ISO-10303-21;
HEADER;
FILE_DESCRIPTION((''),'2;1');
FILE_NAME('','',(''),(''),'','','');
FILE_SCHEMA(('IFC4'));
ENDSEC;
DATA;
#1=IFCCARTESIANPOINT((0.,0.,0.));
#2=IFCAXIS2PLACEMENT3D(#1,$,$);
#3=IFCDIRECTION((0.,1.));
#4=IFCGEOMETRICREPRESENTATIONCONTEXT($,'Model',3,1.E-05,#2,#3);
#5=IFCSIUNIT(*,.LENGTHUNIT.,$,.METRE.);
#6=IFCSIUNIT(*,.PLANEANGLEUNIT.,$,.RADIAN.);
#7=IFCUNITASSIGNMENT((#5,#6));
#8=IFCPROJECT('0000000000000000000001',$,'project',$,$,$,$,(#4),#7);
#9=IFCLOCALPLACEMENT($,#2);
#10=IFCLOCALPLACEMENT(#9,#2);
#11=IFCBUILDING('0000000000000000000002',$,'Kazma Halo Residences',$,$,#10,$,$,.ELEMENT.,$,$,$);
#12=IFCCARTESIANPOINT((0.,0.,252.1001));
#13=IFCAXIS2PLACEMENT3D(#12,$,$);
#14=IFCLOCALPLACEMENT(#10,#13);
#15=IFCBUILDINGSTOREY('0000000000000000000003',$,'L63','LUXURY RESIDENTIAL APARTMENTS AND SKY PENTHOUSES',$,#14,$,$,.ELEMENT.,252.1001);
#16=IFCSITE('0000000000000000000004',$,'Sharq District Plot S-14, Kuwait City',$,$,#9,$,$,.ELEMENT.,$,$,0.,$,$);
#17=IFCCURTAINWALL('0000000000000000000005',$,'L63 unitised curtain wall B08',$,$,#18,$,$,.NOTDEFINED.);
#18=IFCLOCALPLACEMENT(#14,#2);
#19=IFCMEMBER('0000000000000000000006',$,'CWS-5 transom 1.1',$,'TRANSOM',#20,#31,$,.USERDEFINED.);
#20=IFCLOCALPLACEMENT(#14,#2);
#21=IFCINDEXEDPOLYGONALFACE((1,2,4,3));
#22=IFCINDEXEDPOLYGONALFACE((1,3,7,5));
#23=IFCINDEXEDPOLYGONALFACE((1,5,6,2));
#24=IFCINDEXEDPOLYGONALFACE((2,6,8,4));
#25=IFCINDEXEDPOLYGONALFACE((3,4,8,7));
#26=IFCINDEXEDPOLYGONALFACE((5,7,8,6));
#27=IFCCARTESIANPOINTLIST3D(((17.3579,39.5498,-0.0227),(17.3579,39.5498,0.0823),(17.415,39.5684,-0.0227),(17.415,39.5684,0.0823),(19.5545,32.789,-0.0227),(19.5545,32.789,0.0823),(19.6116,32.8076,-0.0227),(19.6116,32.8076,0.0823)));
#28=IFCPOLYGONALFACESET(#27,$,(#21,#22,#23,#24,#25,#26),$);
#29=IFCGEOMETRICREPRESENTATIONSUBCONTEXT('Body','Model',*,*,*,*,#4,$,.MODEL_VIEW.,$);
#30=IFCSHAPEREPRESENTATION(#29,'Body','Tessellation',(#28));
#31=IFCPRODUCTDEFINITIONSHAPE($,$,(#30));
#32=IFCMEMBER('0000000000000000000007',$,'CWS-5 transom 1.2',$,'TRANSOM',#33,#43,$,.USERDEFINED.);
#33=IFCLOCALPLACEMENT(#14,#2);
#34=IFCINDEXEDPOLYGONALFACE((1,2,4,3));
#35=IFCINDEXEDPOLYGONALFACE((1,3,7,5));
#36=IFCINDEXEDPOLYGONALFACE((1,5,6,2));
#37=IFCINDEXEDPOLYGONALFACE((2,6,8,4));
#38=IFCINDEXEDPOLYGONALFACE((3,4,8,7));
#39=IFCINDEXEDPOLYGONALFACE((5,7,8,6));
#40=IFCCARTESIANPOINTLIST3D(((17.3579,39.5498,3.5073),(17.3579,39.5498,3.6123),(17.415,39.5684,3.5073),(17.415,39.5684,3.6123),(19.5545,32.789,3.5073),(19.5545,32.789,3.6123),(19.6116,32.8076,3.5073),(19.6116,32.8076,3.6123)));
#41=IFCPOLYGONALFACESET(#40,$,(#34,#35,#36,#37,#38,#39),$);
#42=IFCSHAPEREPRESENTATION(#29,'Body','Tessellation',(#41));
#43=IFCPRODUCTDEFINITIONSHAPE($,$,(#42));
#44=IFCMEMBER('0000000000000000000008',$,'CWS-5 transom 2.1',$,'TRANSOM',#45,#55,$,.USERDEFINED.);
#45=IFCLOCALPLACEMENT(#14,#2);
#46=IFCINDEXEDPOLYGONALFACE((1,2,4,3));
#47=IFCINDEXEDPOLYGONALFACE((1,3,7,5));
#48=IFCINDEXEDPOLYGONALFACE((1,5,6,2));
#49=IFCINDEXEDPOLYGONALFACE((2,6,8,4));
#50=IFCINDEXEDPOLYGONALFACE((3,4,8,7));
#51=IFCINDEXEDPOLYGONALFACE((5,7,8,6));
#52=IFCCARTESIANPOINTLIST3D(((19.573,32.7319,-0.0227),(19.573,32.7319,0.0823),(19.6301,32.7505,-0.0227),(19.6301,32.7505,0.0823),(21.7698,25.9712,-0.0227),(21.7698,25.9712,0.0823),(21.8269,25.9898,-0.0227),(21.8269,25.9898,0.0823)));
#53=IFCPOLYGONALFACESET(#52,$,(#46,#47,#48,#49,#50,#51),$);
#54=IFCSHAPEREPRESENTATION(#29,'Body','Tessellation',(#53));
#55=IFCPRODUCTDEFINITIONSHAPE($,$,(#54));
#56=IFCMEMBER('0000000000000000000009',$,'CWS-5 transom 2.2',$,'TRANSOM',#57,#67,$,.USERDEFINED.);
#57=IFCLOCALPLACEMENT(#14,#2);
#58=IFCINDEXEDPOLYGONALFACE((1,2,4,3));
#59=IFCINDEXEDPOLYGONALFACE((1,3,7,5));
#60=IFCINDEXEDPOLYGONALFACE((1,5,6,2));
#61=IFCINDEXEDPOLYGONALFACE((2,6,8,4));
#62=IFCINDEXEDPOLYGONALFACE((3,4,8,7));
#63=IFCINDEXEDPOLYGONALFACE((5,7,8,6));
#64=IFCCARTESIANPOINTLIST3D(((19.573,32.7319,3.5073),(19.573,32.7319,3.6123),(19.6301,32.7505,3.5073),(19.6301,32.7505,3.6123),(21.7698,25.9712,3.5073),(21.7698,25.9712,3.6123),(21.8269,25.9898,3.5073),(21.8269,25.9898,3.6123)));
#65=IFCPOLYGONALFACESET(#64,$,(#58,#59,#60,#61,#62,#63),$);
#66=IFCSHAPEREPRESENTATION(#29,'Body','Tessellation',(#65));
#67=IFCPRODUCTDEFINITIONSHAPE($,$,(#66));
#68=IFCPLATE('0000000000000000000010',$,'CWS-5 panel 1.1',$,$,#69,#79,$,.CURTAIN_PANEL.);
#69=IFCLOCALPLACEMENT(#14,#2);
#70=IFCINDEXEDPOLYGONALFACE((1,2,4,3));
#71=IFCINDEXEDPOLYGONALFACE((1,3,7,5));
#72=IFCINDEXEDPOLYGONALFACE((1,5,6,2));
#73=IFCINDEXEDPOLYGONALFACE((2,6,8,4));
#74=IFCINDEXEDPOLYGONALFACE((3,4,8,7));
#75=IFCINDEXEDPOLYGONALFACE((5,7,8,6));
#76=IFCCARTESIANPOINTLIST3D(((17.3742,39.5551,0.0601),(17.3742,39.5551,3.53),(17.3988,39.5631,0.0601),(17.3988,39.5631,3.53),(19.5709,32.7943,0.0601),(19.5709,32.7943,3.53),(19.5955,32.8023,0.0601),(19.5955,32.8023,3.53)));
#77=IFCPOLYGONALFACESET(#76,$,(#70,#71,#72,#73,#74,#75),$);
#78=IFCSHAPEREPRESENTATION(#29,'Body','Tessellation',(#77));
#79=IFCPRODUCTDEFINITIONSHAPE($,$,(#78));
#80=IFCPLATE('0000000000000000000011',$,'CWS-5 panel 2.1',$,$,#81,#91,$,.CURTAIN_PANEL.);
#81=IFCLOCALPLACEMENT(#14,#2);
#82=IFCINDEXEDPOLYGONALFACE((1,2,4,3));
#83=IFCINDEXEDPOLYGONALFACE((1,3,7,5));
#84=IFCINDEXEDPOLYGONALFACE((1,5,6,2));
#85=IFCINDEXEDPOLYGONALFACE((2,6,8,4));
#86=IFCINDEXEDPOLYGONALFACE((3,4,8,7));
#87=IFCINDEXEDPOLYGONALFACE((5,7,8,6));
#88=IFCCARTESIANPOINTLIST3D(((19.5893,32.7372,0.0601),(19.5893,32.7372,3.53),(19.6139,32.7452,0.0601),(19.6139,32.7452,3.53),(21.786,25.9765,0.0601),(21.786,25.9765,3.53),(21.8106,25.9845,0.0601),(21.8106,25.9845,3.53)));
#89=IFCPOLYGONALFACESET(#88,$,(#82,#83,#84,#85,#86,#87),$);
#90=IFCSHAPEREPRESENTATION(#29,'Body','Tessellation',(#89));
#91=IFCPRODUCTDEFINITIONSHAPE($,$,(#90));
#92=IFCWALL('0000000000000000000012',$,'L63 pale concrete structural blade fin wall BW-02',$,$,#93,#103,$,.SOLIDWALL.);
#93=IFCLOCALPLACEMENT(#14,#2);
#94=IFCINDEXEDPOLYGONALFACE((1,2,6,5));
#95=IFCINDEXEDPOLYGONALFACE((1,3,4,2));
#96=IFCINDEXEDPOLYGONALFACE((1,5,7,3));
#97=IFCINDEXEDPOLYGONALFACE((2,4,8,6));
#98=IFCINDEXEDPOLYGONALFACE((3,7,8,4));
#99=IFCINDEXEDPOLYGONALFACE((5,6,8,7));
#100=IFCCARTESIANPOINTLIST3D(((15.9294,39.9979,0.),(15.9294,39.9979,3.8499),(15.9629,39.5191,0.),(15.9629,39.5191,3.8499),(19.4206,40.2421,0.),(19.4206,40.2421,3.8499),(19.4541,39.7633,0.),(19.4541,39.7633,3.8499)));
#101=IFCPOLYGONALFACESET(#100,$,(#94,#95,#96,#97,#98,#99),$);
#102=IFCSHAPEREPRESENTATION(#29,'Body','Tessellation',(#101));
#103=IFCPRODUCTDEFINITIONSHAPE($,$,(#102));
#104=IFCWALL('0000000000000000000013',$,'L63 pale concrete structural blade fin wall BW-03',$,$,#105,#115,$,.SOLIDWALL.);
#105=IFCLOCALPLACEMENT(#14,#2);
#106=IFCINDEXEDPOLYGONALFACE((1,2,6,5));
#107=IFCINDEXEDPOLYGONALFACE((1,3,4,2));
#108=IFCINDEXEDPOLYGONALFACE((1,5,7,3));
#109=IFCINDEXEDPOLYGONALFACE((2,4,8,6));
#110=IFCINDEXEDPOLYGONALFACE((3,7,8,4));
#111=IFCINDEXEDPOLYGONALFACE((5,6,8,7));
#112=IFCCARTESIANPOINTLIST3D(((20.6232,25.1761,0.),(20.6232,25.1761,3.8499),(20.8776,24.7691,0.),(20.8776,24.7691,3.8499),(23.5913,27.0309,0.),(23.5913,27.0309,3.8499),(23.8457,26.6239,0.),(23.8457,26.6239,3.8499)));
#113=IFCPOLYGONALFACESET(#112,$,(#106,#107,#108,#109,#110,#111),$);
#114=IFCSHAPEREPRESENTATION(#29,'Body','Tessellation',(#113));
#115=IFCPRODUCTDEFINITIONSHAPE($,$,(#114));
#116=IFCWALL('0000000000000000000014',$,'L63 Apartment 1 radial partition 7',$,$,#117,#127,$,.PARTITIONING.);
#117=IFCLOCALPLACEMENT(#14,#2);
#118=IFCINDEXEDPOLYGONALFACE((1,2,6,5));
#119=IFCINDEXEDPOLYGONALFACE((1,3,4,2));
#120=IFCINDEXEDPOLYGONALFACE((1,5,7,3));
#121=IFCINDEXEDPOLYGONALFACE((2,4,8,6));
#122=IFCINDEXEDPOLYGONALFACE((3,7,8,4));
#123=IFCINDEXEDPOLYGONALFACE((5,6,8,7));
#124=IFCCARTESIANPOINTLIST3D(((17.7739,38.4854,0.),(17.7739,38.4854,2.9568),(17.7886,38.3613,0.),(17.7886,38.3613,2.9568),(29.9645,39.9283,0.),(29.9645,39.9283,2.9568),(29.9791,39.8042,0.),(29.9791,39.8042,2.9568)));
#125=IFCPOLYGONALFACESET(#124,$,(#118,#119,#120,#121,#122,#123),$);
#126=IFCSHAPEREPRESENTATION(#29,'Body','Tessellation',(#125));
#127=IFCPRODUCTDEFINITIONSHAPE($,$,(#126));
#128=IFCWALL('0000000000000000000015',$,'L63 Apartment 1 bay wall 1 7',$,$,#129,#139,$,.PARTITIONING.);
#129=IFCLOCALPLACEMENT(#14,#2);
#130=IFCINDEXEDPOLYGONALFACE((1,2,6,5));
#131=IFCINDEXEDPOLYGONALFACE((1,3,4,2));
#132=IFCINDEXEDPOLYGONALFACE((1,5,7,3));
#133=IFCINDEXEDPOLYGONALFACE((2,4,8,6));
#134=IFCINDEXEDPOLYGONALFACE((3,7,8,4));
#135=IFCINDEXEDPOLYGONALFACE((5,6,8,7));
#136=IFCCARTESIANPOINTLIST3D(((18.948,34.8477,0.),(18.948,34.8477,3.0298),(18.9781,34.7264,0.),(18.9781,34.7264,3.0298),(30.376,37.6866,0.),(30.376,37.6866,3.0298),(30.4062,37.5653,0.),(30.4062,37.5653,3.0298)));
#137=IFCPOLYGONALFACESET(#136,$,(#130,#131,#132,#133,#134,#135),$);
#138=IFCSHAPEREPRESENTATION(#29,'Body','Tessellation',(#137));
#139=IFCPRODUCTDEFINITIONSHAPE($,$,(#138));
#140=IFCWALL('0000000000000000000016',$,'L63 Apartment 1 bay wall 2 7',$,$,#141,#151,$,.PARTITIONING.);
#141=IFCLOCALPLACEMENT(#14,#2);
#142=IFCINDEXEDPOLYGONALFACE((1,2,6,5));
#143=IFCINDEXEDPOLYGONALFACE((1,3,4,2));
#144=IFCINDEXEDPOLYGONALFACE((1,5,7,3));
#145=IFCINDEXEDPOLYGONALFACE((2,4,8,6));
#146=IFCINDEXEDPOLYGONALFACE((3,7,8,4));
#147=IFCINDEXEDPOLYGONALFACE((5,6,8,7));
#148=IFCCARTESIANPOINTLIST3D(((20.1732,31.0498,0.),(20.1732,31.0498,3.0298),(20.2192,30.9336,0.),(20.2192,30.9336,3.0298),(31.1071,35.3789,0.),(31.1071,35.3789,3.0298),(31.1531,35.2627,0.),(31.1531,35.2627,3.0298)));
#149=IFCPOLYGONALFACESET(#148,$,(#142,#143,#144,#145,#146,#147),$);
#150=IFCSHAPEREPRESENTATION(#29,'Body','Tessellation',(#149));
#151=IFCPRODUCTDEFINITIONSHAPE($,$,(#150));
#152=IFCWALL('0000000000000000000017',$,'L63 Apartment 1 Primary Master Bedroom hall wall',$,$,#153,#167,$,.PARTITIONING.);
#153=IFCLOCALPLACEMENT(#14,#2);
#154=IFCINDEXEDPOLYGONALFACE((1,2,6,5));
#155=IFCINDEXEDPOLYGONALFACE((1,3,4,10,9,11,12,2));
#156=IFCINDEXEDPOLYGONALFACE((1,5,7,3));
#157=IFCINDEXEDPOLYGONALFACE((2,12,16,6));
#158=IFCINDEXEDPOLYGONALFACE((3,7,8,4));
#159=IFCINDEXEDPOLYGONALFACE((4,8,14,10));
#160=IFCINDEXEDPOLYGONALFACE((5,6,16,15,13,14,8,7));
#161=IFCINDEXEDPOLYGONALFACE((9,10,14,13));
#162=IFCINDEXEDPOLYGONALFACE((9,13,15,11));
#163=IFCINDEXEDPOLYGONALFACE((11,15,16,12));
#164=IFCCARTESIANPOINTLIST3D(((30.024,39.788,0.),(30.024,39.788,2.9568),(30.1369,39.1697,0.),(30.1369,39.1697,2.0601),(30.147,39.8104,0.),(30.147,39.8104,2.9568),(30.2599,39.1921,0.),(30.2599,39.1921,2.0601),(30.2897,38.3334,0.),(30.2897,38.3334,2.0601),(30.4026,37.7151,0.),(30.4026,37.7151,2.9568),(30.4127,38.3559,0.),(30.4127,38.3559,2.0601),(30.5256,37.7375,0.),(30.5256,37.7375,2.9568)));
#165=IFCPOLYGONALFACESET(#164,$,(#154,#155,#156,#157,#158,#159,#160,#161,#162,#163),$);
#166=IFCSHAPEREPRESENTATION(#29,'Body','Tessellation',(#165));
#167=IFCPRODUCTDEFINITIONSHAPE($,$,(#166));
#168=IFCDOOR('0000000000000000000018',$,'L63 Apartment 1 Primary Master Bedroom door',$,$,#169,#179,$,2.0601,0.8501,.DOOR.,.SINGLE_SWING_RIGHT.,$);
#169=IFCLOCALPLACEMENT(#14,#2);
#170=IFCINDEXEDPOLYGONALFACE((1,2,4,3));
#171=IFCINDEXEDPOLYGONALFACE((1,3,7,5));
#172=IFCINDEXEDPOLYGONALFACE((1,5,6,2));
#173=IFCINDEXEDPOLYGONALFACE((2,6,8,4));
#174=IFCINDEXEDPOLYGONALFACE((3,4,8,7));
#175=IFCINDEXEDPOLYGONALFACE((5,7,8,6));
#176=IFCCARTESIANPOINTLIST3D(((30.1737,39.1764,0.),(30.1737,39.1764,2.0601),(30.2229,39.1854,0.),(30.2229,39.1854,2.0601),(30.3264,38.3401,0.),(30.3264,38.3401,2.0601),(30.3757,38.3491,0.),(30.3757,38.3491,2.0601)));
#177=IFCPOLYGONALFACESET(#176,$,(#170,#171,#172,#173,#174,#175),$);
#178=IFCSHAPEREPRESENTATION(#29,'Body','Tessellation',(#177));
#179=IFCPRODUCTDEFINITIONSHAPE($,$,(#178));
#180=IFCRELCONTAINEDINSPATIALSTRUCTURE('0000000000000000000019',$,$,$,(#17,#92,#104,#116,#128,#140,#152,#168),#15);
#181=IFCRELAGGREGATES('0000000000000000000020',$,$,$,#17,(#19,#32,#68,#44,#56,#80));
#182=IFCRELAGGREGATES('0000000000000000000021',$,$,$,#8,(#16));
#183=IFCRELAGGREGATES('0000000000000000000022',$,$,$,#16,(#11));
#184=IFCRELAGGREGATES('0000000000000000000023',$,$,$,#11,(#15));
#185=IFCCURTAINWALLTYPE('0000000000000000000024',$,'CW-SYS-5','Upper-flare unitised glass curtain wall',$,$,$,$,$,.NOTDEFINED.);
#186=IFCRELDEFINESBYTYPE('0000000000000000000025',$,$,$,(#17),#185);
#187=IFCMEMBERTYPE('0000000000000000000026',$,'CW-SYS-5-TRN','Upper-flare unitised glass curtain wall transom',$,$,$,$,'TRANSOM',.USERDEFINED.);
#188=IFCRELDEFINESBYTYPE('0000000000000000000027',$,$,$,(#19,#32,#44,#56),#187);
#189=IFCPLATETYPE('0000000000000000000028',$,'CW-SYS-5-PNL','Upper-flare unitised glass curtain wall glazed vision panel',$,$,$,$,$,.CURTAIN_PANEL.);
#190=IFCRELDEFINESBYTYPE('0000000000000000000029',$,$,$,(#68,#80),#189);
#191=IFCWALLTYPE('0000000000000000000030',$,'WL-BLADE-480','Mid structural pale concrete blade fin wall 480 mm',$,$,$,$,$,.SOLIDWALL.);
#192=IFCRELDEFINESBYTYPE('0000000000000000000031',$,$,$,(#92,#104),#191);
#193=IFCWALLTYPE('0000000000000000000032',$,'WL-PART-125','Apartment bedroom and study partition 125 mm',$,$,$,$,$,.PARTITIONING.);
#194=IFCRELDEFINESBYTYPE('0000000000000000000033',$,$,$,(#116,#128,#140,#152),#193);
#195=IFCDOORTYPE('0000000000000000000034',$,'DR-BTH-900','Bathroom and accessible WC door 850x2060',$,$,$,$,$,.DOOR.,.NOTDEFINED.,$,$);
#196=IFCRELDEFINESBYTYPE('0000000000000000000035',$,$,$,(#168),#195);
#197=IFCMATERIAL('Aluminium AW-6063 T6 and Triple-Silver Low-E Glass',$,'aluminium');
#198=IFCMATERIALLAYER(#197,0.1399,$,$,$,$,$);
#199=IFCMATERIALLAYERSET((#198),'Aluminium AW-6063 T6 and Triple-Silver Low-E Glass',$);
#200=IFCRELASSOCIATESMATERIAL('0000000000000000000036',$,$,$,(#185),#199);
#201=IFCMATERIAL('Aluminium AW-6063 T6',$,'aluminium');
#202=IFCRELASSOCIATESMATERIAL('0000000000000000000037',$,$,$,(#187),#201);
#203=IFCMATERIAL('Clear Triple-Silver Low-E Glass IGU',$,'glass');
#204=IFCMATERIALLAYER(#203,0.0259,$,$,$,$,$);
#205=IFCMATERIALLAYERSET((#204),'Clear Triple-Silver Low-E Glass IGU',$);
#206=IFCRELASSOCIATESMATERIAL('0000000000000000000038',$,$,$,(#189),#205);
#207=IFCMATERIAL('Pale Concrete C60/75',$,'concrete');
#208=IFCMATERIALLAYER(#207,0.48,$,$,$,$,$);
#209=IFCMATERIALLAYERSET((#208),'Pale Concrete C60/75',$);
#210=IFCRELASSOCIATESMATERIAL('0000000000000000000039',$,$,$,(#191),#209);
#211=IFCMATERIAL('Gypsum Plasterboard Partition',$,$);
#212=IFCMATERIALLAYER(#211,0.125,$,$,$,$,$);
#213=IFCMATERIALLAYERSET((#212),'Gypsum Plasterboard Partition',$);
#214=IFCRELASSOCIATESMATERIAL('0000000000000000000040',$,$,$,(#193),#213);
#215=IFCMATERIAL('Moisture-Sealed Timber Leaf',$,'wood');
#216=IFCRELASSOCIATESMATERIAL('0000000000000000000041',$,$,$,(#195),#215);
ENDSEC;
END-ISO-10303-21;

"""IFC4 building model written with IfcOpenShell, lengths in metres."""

from ifc_helpers import new_model, si_unit, direction, frame, frame_2d, origin, origin_2d, place, context, subcontext, project, spatial, rectangle, extrude, material, layer, layer_set, material_profile, profile_set, type_object, element, fill, aggregate, save


model = new_model("IFC4")

# Units and contexts
model_context = context("Model", 3, precision=1e-05, world=origin(), true_north=direction((0.0, 1.0)))
body_context = subcontext(model_context, "Body", "Model", "MODEL_VIEW")
ifc_project = project(units=[si_unit("LENGTHUNIT", "METRE"), si_unit("PLANEANGLEUNIT", "RADIAN")], contexts=[model_context])

# Site, building, storey
site_placement = place(None, origin())
site = spatial("IfcSite", under=ifc_project, at=site_placement, Name="Sharq District Plot S-14, Kuwait City", CompositionType="ELEMENT", RefElevation=0.0)
building_placement = place(site_placement, origin())
building = spatial("IfcBuilding", under=site, at=building_placement, Name="Kazma Halo Residences", CompositionType="ELEMENT")
storey_placement = place(building_placement, frame((0.0, 0.0, 252.1001)))
storey = spatial("IfcBuildingStorey", under=building, at=storey_placement, Name="L63", Description="LUXURY RESIDENTIAL APARTMENTS AND SKY PENTHOUSES", CompositionType="ELEMENT", Elevation=252.1001)

# Curtain wall, members, plates
ifc_material_1 = material(Name="Aluminium AW-6063 T6 and Triple-Silver Low-E Glass", Category="aluminium")
ifc_layer_1 = layer(ifc_material_1, 0.1399)
ifc_layer_set_1 = layer_set([ifc_layer_1], Name="Aluminium AW-6063 T6 and Triple-Silver Low-E Glass")
curtain_wall_type = type_object("IfcCurtainWallType", Name="CW-SYS-5", Description="Upper-flare unitised glass curtain wall", PredefinedType="NOTDEFINED", material=ifc_layer_set_1)
curtain_wall_placement = place(storey_placement, origin())
curtain_wall = element("IfcCurtainWall", 1, at=curtain_wall_placement, inside=storey, type_object=curtain_wall_type, Name="L63 unitised curtain wall B08", PredefinedType="NOTDEFINED")
ifc_material_2 = material(Name="Aluminium AW-6063 T6", Category="aluminium")
ifc_material_profile_1 = material_profile(ifc_material_2, rectangle(XDim=0.0601, YDim=0.105, at=origin_2d()), Name="CWT-60x105")
ifc_profile_set_1 = profile_set([ifc_material_profile_1], Name="Aluminium AW-6063 T6")
member_type_1 = type_object("IfcMemberType", Name="CW-SYS-5-TRN", Description="Upper-flare unitised glass curtain wall transom", ElementType="TRANSOM", PredefinedType="USERDEFINED", material=ifc_profile_set_1)
member_1_placement = place(storey_placement, frame((17.3865, 39.5591, 0.0298), z_axis=(0.308996, -0.951063, 0.0), x_axis=(0.951063, 0.308996, 0.0)))
member_1 = element("IfcMember", 2, at=member_1_placement, type_object=member_type_1, Name="CWS-5 transom 1.1", ObjectType="TRANSOM", PredefinedType="USERDEFINED", context=body_context, shape_type="SweptSolid", body=[
    extrude(rectangle(XDim=0.0601, YDim=0.105, at=origin_2d()), origin(), (0.0, 0.0, 1.0), 7.1086),
])
member_2_placement = place(storey_placement, frame((17.3865, 39.5591, 3.5598), z_axis=(0.308996, -0.951063, 0.0), x_axis=(0.951063, 0.308996, 0.0)))
member_2 = element("IfcMember", 3, at=member_2_placement, type_object=member_type_1, Name="CWS-5 transom 1.2", ObjectType="TRANSOM", PredefinedType="USERDEFINED", context=body_context, shape_type="SweptSolid", body=[
    extrude(rectangle(XDim=0.0601, YDim=0.105, at=origin_2d()), origin(), (0.0, 0.0, 1.0), 7.1086),
])
member_3_placement = place(storey_placement, frame((19.6016, 32.7412, 0.0298), z_axis=(0.309027, -0.951053, 0.0), x_axis=(0.951053, 0.309027, 0.0)))
member_3 = element("IfcMember", 4, at=member_3_placement, type_object=member_type_1, Name="CWS-5 transom 2.1", ObjectType="TRANSOM", PredefinedType="USERDEFINED", context=body_context, shape_type="SweptSolid", body=[
    extrude(rectangle(XDim=0.0601, YDim=0.105, at=origin_2d()), origin(), (0.0, 0.0, 1.0), 7.1086),
])
member_4_placement = place(storey_placement, frame((19.6016, 32.7412, 3.5598), z_axis=(0.309027, -0.951053, 0.0), x_axis=(0.951053, 0.309027, 0.0)))
member_4 = element("IfcMember", 5, at=member_4_placement, type_object=member_type_1, Name="CWS-5 transom 2.2", ObjectType="TRANSOM", PredefinedType="USERDEFINED", context=body_context, shape_type="SweptSolid", body=[
    extrude(rectangle(XDim=0.0601, YDim=0.105, at=origin_2d()), origin(), (0.0, 0.0, 1.0), 7.1086),
])
ifc_material_3 = material(Name="Clear Triple-Silver Low-E Glass IGU", Category="glass")
ifc_layer_2 = layer(ifc_material_3, 0.0259)
ifc_layer_set_2 = layer_set([ifc_layer_2], Name="Clear Triple-Silver Low-E Glass IGU")
plate_type = type_object("IfcPlateType", Name="CW-SYS-5-PNL", Description="Upper-flare unitised glass curtain wall glazed vision panel", PredefinedType="CURTAIN_PANEL", material=ifc_layer_set_2)
plate_1_placement = place(storey_placement, frame((18.4849, 36.1787, 0.0601), z_axis=(0.0, 0.0, 1.0), x_axis=(0.309011, -0.951058, 0.0)))
plate_1 = element("IfcPlate", 6, at=plate_1_placement, type_object=plate_type, Name="CWS-5 panel 1.1", PredefinedType="CURTAIN_PANEL", context=body_context, shape_type="SweptSolid", body=[
    extrude(rectangle(XDim=7.1086, YDim=0.0259, at=origin_2d()), origin(), (0.0, 0.0, 1.0), 3.47),
])
plate_2_placement = place(storey_placement, frame((20.7, 29.3608, 0.0601), z_axis=(0.0, 0.0, 1.0), x_axis=(0.309011, -0.951058, 0.0)))
plate_2 = element("IfcPlate", 7, at=plate_2_placement, type_object=plate_type, Name="CWS-5 panel 2.1", PredefinedType="CURTAIN_PANEL", context=body_context, shape_type="SweptSolid", body=[
    extrude(rectangle(XDim=7.1086, YDim=0.0259, at=origin_2d()), origin(), (0.0, 0.0, 1.0), 3.47),
])
aggregate(curtain_wall, [member_1, member_2, plate_1, member_3, member_4, plate_2])

# Walls
ifc_material_4 = material(Name="Pale Concrete C60/75", Category="concrete")
ifc_layer_3 = layer(ifc_material_4, 0.48)
ifc_layer_set_3 = layer_set([ifc_layer_3], Name="Pale Concrete C60/75")
wall_type_1 = type_object("IfcWallType", Name="WL-BLADE-480", Description="Mid structural pale concrete blade fin wall 480 mm", PredefinedType="SOLIDWALL", material=ifc_layer_set_3)
wall_1_placement = place(storey_placement, frame((19.4375, 40.0027, 0.0), z_axis=(0.0, 0.0, 1.0), x_axis=(-0.997564, -0.06976, 0.0)))
element("IfcWall", 8, at=wall_1_placement, inside=storey, type_object=wall_type_1, Name="L63 pale concrete structural blade fin wall BW-02", PredefinedType="SOLIDWALL", context=body_context, shape_type="SweptSolid", body=[
    extrude(rectangle(XDim=3.4998, YDim=0.48, at=frame_2d((1.75, 0.0))), origin(), (0.0, 0.0, 1.0), 3.8499),
])
wall_2_placement = place(storey_placement, frame((23.7185, 26.8274, 0.0), z_axis=(0.0, 0.0, 1.0), x_axis=(-0.848034, -0.529943, 0.0)))
element("IfcWall", 9, at=wall_2_placement, inside=storey, type_object=wall_type_1, Name="L63 pale concrete structural blade fin wall BW-03", PredefinedType="SOLIDWALL", context=body_context, shape_type="SweptSolid", body=[
    extrude(rectangle(XDim=3.5, YDim=0.48, at=frame_2d((1.75, 0.0))), origin(), (0.0, 0.0, 1.0), 3.8499),
])
ifc_material_5 = material(Name="Gypsum Plasterboard Partition")
ifc_layer_4 = layer(ifc_material_5, 0.125)
ifc_layer_set_4 = layer_set([ifc_layer_4], Name="Gypsum Plasterboard Partition")
wall_type_2 = type_object("IfcWallType", Name="WL-PART-125", Description="Apartment bedroom and study partition 125 mm", PredefinedType="PARTITIONING", material=ifc_layer_set_4)
wall_3_placement = place(storey_placement, frame((29.9717, 39.8662, 0.0), z_axis=(0.0, 0.0, 1.0), x_axis=(-0.993068, -0.117541, 0.0)))
element("IfcWall", 10, at=wall_3_placement, inside=storey, type_object=wall_type_2, Name="L63 Apartment 1 radial partition 7", PredefinedType="PARTITIONING", context=body_context, shape_type="SweptSolid", body=[
    extrude(rectangle(XDim=12.2756, YDim=0.125, at=frame_2d((6.1377, 0.0))), origin(), (0.0, 0.0, 1.0), 2.9568),
])
wall_4_placement = place(storey_placement, frame((30.3911, 37.626, 0.0), z_axis=(0.0, 0.0, 1.0), x_axis=(-0.970504, -0.241086, 0.0)))
element("IfcWall", 11, at=wall_4_placement, inside=storey, type_object=wall_type_2, Name="L63 Apartment 1 bay wall 1 7", PredefinedType="PARTITIONING", context=body_context, shape_type="SweptSolid", body=[
    extrude(rectangle(XDim=11.7754, YDim=0.125, at=frame_2d((5.8877, 0.0))), origin(), (0.0, 0.0, 1.0), 3.0298),
])
wall_5_placement = place(storey_placement, frame((31.1301, 35.3208, 0.0), z_axis=(0.0, 0.0, 1.0), x_axis=(-0.929774, -0.368131, 0.0)))
element("IfcWall", 12, at=wall_5_placement, inside=storey, type_object=wall_type_2, Name="L63 Apartment 1 bay wall 2 7", PredefinedType="PARTITIONING", context=body_context, shape_type="SweptSolid", body=[
    extrude(rectangle(XDim=11.7598, YDim=0.125, at=frame_2d((5.8799, 0.0))), origin(), (0.0, 0.0, 1.0), 3.0298),
])

# Wall, opening, door
wall_6_placement = place(storey_placement, frame((30.0854, 39.7993, 0.0), z_axis=(0.0, 0.0, 1.0), x_axis=(0.179691, -0.983723, 0.0)))
wall_6 = element("IfcWall", 13, at=wall_6_placement, inside=storey, type_object=wall_type_2, Name="L63 Apartment 1 Primary Master Bedroom hall wall", PredefinedType="PARTITIONING", context=body_context, shape_type="SweptSolid", body=[
    extrude(rectangle(XDim=2.1072, YDim=0.125, at=frame_2d((1.0537, 0.0))), origin(), (0.0, 0.0, 1.0), 2.9568),
])
opening_1_placement = place(wall_6_placement, frame((0.6287, 0.0, 0.0)))
opening_1 = element("IfcOpeningElement", 14, at=opening_1_placement, cuts=wall_6, PredefinedType="OPENING", context=body_context, shape_type="SweptSolid", body=[
    extrude(rectangle(XDim=0.8501, YDim=2.0601, at=frame_2d((0.425, 1.03))), frame((0.0, 0.0725, 0.0), z_axis=(0.0, -1.0, 0.0), x_axis=(1.0, 0.0, 0.0)), (0.0, 0.0, 1.0), 0.145),
])
ifc_material_6 = material(Name="Moisture-Sealed Timber Leaf", Category="wood")
door_type = type_object("IfcDoorType", Name="DR-BTH-900", Description="Bathroom and accessible WC door 850x2060", OperationType="NOTDEFINED", PredefinedType="DOOR", material=ifc_material_6)
door_1_placement = place(opening_1_placement, origin())
door_1 = element("IfcDoor", 15, at=door_1_placement, inside=storey, type_object=door_type, Name="L63 Apartment 1 Primary Master Bedroom door", OperationType="SINGLE_SWING_RIGHT", OverallHeight=2.0601, OverallWidth=0.8501, PredefinedType="DOOR", context=body_context, shape_type="SweptSolid", body=[
    extrude(rectangle(XDim=0.8501, YDim=2.0601, at=frame_2d((0.425, 1.03))), frame((0.0, 0.0249, 0.0), z_axis=(0.0, -1.0, 0.0), x_axis=(1.0, 0.0, 0.0)), (0.0, 0.0, 1.0), 0.05),
])
fill(opening_1, door_1)

save(model, "model.ifc")
